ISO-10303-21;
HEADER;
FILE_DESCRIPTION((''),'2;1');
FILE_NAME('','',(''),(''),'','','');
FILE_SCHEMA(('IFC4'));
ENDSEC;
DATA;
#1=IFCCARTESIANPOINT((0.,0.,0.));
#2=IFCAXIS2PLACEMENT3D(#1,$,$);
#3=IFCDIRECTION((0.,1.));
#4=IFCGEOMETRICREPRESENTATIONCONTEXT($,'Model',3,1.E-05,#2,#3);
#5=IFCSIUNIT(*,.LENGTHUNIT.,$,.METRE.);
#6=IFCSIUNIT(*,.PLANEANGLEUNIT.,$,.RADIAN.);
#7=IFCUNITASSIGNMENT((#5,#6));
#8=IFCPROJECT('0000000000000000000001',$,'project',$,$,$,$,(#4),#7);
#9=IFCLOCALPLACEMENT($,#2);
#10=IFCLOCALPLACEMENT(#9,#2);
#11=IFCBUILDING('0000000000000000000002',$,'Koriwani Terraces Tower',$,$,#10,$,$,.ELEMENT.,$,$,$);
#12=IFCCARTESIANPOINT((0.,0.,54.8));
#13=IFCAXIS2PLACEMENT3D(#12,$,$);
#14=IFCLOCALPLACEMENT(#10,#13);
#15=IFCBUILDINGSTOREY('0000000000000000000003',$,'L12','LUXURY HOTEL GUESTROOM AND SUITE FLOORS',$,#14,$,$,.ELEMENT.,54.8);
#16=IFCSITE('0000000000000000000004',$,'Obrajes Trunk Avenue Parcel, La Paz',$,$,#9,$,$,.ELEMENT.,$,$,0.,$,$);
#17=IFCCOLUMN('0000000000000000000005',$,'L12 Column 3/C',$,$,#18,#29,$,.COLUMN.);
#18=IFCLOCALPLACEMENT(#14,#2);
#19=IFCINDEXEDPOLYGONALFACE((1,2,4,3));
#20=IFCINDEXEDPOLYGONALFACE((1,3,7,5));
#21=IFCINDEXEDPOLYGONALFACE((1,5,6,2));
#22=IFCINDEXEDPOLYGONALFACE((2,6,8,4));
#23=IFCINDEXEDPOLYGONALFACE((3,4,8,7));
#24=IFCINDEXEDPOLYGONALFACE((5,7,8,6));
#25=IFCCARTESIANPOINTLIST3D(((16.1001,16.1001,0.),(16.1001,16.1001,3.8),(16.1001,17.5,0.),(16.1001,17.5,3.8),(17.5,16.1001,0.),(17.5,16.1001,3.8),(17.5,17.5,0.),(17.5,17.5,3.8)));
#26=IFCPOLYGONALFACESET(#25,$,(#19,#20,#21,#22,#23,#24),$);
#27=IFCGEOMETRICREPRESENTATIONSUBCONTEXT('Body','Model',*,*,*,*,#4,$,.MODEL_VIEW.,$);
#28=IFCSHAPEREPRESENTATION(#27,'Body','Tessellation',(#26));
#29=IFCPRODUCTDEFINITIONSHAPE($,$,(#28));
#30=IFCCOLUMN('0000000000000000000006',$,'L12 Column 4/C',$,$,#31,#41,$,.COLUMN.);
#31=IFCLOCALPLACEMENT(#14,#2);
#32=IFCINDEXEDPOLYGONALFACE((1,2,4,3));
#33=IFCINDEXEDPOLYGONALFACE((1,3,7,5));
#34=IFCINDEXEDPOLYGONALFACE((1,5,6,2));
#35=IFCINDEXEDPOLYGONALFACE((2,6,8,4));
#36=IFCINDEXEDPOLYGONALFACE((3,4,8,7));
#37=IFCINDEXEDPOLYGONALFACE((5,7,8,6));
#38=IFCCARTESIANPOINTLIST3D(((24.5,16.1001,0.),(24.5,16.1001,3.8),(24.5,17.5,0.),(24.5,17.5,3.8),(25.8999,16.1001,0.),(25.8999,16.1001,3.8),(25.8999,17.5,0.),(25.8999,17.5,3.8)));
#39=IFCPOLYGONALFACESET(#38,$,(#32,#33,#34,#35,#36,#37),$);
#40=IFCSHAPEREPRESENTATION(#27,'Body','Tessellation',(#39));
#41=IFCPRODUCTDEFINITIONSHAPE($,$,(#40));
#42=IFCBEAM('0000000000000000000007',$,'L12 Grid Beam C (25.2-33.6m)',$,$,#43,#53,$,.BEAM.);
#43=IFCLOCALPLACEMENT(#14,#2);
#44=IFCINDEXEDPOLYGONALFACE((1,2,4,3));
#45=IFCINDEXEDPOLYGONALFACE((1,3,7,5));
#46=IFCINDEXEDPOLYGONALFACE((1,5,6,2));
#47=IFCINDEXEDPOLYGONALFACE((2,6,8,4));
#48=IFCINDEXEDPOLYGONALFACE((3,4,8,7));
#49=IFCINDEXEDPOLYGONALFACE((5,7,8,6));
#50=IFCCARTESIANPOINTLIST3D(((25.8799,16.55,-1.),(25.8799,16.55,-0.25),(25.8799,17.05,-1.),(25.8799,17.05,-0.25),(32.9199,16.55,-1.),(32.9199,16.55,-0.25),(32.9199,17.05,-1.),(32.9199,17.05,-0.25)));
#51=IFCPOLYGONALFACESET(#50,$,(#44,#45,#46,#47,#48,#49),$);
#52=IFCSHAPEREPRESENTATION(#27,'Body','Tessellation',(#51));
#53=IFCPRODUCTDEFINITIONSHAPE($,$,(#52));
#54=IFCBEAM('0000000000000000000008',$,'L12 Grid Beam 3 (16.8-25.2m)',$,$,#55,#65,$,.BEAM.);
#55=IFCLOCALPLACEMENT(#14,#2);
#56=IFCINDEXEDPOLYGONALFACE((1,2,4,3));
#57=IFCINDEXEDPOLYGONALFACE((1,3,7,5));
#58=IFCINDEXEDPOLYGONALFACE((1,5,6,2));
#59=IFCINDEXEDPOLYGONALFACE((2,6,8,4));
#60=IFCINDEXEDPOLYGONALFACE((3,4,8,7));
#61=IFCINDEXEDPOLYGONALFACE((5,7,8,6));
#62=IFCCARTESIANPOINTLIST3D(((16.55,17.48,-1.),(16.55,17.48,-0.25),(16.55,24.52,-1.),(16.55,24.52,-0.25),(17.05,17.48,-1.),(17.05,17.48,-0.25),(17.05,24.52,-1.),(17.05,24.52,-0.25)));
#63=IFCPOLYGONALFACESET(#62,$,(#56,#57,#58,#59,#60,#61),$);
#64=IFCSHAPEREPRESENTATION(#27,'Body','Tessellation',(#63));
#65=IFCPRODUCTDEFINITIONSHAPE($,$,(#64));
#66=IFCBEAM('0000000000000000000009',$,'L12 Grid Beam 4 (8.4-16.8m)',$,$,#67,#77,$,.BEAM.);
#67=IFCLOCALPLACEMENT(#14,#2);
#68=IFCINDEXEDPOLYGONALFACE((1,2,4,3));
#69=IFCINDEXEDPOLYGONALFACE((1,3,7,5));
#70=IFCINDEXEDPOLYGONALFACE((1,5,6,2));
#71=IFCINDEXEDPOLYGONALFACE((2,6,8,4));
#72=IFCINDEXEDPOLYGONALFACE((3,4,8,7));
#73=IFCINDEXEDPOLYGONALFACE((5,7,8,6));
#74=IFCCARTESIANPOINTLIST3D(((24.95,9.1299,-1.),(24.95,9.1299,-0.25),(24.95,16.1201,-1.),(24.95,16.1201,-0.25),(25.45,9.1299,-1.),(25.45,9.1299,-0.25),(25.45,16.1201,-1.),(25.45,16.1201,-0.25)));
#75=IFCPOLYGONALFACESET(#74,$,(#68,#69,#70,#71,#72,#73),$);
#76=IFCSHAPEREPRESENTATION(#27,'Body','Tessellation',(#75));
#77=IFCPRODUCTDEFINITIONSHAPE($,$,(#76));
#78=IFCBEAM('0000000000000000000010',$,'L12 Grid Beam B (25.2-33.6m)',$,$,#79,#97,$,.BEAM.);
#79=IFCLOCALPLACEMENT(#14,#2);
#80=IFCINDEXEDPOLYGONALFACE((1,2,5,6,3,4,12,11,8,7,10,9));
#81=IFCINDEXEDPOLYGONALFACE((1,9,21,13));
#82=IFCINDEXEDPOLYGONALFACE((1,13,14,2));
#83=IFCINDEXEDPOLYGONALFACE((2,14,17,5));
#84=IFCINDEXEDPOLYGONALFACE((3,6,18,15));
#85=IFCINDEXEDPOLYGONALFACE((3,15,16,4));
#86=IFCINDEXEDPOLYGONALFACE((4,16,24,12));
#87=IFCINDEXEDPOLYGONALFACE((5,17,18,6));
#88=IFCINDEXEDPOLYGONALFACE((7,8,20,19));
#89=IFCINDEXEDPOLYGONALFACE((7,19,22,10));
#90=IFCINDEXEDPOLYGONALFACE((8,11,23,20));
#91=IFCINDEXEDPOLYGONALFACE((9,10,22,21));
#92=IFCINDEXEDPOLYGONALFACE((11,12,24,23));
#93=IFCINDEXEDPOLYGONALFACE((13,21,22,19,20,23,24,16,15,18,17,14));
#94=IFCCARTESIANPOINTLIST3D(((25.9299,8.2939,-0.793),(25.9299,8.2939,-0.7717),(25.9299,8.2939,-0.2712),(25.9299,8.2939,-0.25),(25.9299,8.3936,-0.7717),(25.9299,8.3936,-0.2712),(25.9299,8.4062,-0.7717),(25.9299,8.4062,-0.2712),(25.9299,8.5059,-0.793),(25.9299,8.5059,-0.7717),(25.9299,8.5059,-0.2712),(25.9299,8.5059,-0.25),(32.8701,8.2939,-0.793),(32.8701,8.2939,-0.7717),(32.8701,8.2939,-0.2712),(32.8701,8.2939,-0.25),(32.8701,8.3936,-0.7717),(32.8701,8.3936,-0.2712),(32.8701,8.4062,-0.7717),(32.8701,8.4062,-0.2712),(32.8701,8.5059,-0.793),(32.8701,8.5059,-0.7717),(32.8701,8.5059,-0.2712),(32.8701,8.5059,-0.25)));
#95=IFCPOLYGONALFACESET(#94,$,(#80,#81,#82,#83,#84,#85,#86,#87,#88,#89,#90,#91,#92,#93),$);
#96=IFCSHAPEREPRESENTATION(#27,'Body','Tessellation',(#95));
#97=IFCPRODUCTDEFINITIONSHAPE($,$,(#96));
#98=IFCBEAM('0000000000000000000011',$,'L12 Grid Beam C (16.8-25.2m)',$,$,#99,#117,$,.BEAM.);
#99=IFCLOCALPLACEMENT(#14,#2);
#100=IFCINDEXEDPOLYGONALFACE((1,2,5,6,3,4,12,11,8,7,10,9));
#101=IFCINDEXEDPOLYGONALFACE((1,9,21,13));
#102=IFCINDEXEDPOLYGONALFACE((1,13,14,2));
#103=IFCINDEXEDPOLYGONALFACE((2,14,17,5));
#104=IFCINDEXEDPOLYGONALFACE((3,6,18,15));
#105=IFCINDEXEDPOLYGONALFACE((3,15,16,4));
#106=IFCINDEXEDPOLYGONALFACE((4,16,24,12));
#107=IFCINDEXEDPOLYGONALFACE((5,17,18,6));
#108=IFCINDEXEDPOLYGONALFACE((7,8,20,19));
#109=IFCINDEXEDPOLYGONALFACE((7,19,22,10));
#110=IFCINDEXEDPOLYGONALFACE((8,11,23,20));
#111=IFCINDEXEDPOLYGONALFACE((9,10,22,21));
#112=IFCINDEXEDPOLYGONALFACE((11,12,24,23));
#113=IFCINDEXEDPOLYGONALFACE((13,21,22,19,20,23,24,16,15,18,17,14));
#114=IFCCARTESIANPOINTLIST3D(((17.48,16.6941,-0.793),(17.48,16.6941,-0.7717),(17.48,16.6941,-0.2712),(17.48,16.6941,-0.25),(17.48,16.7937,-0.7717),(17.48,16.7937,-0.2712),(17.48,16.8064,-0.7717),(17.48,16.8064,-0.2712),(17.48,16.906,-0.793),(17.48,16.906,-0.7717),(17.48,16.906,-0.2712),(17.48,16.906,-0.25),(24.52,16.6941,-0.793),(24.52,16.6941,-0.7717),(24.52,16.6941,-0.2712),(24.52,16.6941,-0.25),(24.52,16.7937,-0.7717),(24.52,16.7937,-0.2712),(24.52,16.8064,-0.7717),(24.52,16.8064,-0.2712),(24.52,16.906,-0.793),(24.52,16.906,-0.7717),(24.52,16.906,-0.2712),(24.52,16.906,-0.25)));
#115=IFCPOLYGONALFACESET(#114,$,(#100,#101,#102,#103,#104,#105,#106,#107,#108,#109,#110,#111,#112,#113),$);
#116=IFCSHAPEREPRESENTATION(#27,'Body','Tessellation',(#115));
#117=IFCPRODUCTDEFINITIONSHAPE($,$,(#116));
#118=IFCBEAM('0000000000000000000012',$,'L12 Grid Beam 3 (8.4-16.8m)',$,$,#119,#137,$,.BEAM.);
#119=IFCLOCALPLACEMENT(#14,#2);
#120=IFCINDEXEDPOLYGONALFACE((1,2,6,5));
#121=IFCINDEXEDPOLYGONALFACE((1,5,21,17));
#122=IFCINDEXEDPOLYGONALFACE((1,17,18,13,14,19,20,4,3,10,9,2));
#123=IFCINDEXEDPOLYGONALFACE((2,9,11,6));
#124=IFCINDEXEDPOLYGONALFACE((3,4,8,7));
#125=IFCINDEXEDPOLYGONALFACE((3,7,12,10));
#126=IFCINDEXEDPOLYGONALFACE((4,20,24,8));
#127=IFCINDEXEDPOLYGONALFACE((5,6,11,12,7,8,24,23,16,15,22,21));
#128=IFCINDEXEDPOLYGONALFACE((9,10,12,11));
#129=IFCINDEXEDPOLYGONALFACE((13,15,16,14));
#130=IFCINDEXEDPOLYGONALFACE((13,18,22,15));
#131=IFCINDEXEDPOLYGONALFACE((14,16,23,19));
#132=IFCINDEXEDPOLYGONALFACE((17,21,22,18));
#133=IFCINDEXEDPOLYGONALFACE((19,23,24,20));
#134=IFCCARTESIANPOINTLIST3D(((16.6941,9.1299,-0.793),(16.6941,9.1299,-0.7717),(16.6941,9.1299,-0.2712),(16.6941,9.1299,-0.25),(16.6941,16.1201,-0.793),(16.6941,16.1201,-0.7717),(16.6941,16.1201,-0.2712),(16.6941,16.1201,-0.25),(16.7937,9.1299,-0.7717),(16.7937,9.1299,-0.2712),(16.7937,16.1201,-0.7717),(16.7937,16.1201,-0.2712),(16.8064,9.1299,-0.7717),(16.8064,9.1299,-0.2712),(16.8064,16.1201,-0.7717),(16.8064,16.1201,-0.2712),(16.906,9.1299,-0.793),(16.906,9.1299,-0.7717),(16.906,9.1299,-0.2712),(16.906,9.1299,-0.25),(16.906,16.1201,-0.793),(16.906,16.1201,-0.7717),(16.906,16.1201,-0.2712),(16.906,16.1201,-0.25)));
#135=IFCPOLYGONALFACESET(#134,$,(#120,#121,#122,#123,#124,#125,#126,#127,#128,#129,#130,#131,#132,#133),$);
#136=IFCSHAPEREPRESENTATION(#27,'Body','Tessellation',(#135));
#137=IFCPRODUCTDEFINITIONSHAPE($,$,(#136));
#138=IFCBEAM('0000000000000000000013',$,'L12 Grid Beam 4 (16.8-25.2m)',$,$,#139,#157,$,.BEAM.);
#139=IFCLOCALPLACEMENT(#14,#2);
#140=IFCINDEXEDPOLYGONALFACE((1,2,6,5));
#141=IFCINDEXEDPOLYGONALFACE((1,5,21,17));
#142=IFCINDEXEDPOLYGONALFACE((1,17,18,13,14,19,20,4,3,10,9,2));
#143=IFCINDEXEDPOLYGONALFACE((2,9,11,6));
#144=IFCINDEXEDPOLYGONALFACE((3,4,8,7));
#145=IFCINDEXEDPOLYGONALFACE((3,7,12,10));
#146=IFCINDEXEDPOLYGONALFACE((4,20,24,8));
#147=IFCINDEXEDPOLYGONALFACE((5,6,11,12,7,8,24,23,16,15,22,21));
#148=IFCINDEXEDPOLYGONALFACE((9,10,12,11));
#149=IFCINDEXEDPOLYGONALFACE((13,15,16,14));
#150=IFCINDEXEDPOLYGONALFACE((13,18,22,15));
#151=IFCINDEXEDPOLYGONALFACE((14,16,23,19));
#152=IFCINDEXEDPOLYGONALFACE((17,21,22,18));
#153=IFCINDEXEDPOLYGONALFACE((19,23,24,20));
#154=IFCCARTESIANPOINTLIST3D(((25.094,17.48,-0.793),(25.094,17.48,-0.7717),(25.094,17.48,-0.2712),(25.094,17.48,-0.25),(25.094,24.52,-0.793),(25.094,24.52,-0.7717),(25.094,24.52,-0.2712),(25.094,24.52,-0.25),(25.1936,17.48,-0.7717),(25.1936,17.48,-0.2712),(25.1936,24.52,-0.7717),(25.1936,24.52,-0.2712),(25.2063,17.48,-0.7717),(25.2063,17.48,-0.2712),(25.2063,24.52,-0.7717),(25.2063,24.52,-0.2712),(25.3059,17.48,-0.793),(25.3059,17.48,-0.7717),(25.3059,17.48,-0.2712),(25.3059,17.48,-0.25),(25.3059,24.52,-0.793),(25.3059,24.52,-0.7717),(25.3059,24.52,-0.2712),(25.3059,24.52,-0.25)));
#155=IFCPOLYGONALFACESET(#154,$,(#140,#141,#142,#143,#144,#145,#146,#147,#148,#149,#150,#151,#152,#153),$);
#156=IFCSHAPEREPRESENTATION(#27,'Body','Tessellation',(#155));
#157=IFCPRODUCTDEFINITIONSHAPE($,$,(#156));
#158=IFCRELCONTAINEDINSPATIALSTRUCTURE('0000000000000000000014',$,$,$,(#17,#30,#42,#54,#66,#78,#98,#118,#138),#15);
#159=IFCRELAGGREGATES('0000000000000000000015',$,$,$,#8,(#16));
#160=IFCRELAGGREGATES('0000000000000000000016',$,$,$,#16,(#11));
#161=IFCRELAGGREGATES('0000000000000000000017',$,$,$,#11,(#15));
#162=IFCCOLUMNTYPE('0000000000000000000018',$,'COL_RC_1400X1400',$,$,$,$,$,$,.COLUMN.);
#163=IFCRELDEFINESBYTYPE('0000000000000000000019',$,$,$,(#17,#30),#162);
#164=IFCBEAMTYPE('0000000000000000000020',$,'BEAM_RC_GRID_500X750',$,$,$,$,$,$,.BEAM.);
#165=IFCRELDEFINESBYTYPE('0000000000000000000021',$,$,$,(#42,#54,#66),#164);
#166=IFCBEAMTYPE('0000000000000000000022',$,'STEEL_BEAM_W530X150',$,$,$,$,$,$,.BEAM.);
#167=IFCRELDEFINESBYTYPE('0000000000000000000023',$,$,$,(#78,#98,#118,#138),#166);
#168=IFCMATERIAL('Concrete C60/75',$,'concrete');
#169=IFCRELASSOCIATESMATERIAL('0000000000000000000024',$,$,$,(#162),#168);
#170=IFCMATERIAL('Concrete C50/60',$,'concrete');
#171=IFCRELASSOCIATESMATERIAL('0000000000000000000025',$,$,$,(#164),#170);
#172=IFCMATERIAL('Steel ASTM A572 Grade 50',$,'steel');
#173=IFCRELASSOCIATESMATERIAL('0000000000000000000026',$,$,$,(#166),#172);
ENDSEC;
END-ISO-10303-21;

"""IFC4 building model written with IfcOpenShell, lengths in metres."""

from ifc_helpers import new_model, si_unit, direction, frame, origin, origin_2d, place, context, subcontext, project, spatial, rectangle, i_section, extrude, material, material_profile, profile_set, type_object, element, save


model = new_model("IFC4")

# Units and contexts
model_context = context("Model", 3, precision=1e-05, world=origin(), true_north=direction((0.0, 1.0)))
body_context = subcontext(model_context, "Body", "Model", "MODEL_VIEW")
ifc_project = project(units=[si_unit("LENGTHUNIT", "METRE"), si_unit("PLANEANGLEUNIT", "RADIAN")], contexts=[model_context])

# Site, building, storey
site_placement = place(None, origin())
site = spatial("IfcSite", under=ifc_project, at=site_placement, Name="Obrajes Trunk Avenue Parcel, La Paz", CompositionType="ELEMENT", RefElevation=0.0)
building_placement = place(site_placement, origin())
building = spatial("IfcBuilding", under=site, at=building_placement, Name="Koriwani Terraces Tower", CompositionType="ELEMENT")
storey_placement = place(building_placement, frame((0.0, 0.0, 54.8)))
storey = spatial("IfcBuildingStorey", under=building, at=storey_placement, Name="L12", Description="LUXURY HOTEL GUESTROOM AND SUITE FLOORS", CompositionType="ELEMENT", Elevation=54.8)

# Columns
ifc_material_1 = material(Name="Concrete C60/75", Category="concrete")
ifc_material_profile_1 = material_profile(ifc_material_1, rectangle(XDim=1.3999, YDim=1.3999, at=origin_2d()), Name="Concrete C60/75", Category="LoadBearing")
ifc_profile_set_1 = profile_set([ifc_material_profile_1], Name="Concrete C60/75")
column_type = type_object("IfcColumnType", Name="COL_RC_1400X1400", PredefinedType="COLUMN", material=ifc_profile_set_1)
for number, where, z_axis, x_axis, name in (
    (1, (16.8, 16.8, 0.0), (0.0, 0.0, 1.0), (1.0, 0.0, 0.0), "L12 Column 3/C"),
    (2, (25.2, 16.8, 0.0), (0.0, 0.0, 1.0), (1.0, 0.0, 0.0), "L12 Column 4/C"),
):
    element("IfcColumn", number, at=place(storey_placement, frame(where, z_axis=z_axis, x_axis=x_axis)), inside=storey, type_object=column_type, Name=name, PredefinedType="COLUMN", context=body_context, shape_type="SweptSolid", body=[
        extrude(rectangle(XDim=1.3999, YDim=1.3999, at=origin_2d()), origin(), (0.0, 0.0, 1.0), 3.8),
    ])

# Beams
ifc_material_2 = material(Name="Concrete C50/60", Category="concrete")
ifc_material_profile_2 = material_profile(ifc_material_2, rectangle(XDim=0.5, YDim=0.75, at=origin_2d()), Name="Concrete C50/60", Category="LoadBearing")
ifc_profile_set_2 = profile_set([ifc_material_profile_2], Name="Concrete C50/60")
beam_type_1 = type_object("IfcBeamType", Name="BEAM_RC_GRID_500X750", PredefinedType="BEAM", material=ifc_profile_set_2)
for number, where, z_axis, x_axis, name in (
    (3, (25.8799, 16.8, -0.625), (1.0, 0.0, 0.0), (0.0, 1.0, 0.0), "L12 Grid Beam C (25.2-33.6m)"),
    (4, (16.8, 17.48, -0.625), (0.0, 1.0, 0.0), (-1.0, 0.0, 0.0), "L12 Grid Beam 3 (16.8-25.2m)"),
):
    element("IfcBeam", number, at=place(storey_placement, frame(where, z_axis=z_axis, x_axis=x_axis)), inside=storey, type_object=beam_type_1, Name=name, PredefinedType="BEAM", context=body_context, shape_type="SweptSolid", body=[
        extrude(rectangle(XDim=0.5, YDim=0.75, at=origin_2d()), origin(), (0.0, 0.0, 1.0), 7.04),
    ])
beam_1_placement = place(storey_placement, frame((25.2, 9.1299, -0.625), z_axis=(0.0, 1.0, 0.0), x_axis=(-1.0, 0.0, 0.0)))
element("IfcBeam", 5, at=beam_1_placement, inside=storey, type_object=beam_type_1, Name="L12 Grid Beam 4 (8.4-16.8m)", PredefinedType="BEAM", context=body_context, shape_type="SweptSolid", body=[
    extrude(rectangle(XDim=0.5, YDim=0.75, at=origin_2d()), origin(), (0.0, 0.0, 1.0), 6.9902),
])
ifc_material_3 = material(Name="Steel ASTM A572 Grade 50", Category="steel")
ifc_material_profile_3 = material_profile(ifc_material_3, i_section(OverallWidth=0.2119, OverallDepth=0.543, WebThickness=0.0127, FlangeThickness=0.0212, at=origin_2d()), Name="Steel ASTM A572 Grade 50", Category="LoadBearing")
ifc_profile_set_3 = profile_set([ifc_material_profile_3], Name="Steel ASTM A572 Grade 50")
beam_type_2 = type_object("IfcBeamType", Name="STEEL_BEAM_W530X150", PredefinedType="BEAM", material=ifc_profile_set_3)
beam_2_placement = place(storey_placement, frame((25.9299, 8.3999, -0.5215), z_axis=(1.0, 0.0, 0.0), x_axis=(0.0, 1.0, 0.0)))
element("IfcBeam", 6, at=beam_2_placement, inside=storey, type_object=beam_type_2, Name="L12 Grid Beam B (25.2-33.6m)", PredefinedType="BEAM", context=body_context, shape_type="SweptSolid", body=[
    extrude(i_section(OverallWidth=0.2119, OverallDepth=0.543, WebThickness=0.0127, FlangeThickness=0.0212, at=origin_2d()), origin(), (0.0, 0.0, 1.0), 6.9402),
])
beam_3_placement = place(storey_placement, frame((17.48, 16.8, -0.5215), z_axis=(1.0, 0.0, 0.0), x_axis=(0.0, 1.0, 0.0)))
element("IfcBeam", 7, at=beam_3_placement, inside=storey, type_object=beam_type_2, Name="L12 Grid Beam C (16.8-25.2m)", PredefinedType="BEAM", context=body_context, shape_type="SweptSolid", body=[
    extrude(i_section(OverallWidth=0.2119, OverallDepth=0.543, WebThickness=0.0127, FlangeThickness=0.0212, at=origin_2d()), origin(), (0.0, 0.0, 1.0), 7.04),
])
beam_4_placement = place(storey_placement, frame((16.8, 9.1299, -0.5215), z_axis=(0.0, 1.0, 0.0), x_axis=(-1.0, 0.0, 0.0)))
element("IfcBeam", 8, at=beam_4_placement, inside=storey, type_object=beam_type_2, Name="L12 Grid Beam 3 (8.4-16.8m)", PredefinedType="BEAM", context=body_context, shape_type="SweptSolid", body=[
    extrude(i_section(OverallWidth=0.2119, OverallDepth=0.543, WebThickness=0.0127, FlangeThickness=0.0212, at=origin_2d()), origin(), (0.0, 0.0, 1.0), 6.9902),
])
beam_5_placement = place(storey_placement, frame((25.2, 17.48, -0.5215), z_axis=(0.0, 1.0, 0.0), x_axis=(-1.0, 0.0, 0.0)))
element("IfcBeam", 9, at=beam_5_placement, inside=storey, type_object=beam_type_2, Name="L12 Grid Beam 4 (16.8-25.2m)", PredefinedType="BEAM", context=body_context, shape_type="SweptSolid", body=[
    extrude(i_section(OverallWidth=0.2119, OverallDepth=0.543, WebThickness=0.0127, FlangeThickness=0.0212, at=origin_2d()), origin(), (0.0, 0.0, 1.0), 7.04),
])

save(model, "model.ifc")
